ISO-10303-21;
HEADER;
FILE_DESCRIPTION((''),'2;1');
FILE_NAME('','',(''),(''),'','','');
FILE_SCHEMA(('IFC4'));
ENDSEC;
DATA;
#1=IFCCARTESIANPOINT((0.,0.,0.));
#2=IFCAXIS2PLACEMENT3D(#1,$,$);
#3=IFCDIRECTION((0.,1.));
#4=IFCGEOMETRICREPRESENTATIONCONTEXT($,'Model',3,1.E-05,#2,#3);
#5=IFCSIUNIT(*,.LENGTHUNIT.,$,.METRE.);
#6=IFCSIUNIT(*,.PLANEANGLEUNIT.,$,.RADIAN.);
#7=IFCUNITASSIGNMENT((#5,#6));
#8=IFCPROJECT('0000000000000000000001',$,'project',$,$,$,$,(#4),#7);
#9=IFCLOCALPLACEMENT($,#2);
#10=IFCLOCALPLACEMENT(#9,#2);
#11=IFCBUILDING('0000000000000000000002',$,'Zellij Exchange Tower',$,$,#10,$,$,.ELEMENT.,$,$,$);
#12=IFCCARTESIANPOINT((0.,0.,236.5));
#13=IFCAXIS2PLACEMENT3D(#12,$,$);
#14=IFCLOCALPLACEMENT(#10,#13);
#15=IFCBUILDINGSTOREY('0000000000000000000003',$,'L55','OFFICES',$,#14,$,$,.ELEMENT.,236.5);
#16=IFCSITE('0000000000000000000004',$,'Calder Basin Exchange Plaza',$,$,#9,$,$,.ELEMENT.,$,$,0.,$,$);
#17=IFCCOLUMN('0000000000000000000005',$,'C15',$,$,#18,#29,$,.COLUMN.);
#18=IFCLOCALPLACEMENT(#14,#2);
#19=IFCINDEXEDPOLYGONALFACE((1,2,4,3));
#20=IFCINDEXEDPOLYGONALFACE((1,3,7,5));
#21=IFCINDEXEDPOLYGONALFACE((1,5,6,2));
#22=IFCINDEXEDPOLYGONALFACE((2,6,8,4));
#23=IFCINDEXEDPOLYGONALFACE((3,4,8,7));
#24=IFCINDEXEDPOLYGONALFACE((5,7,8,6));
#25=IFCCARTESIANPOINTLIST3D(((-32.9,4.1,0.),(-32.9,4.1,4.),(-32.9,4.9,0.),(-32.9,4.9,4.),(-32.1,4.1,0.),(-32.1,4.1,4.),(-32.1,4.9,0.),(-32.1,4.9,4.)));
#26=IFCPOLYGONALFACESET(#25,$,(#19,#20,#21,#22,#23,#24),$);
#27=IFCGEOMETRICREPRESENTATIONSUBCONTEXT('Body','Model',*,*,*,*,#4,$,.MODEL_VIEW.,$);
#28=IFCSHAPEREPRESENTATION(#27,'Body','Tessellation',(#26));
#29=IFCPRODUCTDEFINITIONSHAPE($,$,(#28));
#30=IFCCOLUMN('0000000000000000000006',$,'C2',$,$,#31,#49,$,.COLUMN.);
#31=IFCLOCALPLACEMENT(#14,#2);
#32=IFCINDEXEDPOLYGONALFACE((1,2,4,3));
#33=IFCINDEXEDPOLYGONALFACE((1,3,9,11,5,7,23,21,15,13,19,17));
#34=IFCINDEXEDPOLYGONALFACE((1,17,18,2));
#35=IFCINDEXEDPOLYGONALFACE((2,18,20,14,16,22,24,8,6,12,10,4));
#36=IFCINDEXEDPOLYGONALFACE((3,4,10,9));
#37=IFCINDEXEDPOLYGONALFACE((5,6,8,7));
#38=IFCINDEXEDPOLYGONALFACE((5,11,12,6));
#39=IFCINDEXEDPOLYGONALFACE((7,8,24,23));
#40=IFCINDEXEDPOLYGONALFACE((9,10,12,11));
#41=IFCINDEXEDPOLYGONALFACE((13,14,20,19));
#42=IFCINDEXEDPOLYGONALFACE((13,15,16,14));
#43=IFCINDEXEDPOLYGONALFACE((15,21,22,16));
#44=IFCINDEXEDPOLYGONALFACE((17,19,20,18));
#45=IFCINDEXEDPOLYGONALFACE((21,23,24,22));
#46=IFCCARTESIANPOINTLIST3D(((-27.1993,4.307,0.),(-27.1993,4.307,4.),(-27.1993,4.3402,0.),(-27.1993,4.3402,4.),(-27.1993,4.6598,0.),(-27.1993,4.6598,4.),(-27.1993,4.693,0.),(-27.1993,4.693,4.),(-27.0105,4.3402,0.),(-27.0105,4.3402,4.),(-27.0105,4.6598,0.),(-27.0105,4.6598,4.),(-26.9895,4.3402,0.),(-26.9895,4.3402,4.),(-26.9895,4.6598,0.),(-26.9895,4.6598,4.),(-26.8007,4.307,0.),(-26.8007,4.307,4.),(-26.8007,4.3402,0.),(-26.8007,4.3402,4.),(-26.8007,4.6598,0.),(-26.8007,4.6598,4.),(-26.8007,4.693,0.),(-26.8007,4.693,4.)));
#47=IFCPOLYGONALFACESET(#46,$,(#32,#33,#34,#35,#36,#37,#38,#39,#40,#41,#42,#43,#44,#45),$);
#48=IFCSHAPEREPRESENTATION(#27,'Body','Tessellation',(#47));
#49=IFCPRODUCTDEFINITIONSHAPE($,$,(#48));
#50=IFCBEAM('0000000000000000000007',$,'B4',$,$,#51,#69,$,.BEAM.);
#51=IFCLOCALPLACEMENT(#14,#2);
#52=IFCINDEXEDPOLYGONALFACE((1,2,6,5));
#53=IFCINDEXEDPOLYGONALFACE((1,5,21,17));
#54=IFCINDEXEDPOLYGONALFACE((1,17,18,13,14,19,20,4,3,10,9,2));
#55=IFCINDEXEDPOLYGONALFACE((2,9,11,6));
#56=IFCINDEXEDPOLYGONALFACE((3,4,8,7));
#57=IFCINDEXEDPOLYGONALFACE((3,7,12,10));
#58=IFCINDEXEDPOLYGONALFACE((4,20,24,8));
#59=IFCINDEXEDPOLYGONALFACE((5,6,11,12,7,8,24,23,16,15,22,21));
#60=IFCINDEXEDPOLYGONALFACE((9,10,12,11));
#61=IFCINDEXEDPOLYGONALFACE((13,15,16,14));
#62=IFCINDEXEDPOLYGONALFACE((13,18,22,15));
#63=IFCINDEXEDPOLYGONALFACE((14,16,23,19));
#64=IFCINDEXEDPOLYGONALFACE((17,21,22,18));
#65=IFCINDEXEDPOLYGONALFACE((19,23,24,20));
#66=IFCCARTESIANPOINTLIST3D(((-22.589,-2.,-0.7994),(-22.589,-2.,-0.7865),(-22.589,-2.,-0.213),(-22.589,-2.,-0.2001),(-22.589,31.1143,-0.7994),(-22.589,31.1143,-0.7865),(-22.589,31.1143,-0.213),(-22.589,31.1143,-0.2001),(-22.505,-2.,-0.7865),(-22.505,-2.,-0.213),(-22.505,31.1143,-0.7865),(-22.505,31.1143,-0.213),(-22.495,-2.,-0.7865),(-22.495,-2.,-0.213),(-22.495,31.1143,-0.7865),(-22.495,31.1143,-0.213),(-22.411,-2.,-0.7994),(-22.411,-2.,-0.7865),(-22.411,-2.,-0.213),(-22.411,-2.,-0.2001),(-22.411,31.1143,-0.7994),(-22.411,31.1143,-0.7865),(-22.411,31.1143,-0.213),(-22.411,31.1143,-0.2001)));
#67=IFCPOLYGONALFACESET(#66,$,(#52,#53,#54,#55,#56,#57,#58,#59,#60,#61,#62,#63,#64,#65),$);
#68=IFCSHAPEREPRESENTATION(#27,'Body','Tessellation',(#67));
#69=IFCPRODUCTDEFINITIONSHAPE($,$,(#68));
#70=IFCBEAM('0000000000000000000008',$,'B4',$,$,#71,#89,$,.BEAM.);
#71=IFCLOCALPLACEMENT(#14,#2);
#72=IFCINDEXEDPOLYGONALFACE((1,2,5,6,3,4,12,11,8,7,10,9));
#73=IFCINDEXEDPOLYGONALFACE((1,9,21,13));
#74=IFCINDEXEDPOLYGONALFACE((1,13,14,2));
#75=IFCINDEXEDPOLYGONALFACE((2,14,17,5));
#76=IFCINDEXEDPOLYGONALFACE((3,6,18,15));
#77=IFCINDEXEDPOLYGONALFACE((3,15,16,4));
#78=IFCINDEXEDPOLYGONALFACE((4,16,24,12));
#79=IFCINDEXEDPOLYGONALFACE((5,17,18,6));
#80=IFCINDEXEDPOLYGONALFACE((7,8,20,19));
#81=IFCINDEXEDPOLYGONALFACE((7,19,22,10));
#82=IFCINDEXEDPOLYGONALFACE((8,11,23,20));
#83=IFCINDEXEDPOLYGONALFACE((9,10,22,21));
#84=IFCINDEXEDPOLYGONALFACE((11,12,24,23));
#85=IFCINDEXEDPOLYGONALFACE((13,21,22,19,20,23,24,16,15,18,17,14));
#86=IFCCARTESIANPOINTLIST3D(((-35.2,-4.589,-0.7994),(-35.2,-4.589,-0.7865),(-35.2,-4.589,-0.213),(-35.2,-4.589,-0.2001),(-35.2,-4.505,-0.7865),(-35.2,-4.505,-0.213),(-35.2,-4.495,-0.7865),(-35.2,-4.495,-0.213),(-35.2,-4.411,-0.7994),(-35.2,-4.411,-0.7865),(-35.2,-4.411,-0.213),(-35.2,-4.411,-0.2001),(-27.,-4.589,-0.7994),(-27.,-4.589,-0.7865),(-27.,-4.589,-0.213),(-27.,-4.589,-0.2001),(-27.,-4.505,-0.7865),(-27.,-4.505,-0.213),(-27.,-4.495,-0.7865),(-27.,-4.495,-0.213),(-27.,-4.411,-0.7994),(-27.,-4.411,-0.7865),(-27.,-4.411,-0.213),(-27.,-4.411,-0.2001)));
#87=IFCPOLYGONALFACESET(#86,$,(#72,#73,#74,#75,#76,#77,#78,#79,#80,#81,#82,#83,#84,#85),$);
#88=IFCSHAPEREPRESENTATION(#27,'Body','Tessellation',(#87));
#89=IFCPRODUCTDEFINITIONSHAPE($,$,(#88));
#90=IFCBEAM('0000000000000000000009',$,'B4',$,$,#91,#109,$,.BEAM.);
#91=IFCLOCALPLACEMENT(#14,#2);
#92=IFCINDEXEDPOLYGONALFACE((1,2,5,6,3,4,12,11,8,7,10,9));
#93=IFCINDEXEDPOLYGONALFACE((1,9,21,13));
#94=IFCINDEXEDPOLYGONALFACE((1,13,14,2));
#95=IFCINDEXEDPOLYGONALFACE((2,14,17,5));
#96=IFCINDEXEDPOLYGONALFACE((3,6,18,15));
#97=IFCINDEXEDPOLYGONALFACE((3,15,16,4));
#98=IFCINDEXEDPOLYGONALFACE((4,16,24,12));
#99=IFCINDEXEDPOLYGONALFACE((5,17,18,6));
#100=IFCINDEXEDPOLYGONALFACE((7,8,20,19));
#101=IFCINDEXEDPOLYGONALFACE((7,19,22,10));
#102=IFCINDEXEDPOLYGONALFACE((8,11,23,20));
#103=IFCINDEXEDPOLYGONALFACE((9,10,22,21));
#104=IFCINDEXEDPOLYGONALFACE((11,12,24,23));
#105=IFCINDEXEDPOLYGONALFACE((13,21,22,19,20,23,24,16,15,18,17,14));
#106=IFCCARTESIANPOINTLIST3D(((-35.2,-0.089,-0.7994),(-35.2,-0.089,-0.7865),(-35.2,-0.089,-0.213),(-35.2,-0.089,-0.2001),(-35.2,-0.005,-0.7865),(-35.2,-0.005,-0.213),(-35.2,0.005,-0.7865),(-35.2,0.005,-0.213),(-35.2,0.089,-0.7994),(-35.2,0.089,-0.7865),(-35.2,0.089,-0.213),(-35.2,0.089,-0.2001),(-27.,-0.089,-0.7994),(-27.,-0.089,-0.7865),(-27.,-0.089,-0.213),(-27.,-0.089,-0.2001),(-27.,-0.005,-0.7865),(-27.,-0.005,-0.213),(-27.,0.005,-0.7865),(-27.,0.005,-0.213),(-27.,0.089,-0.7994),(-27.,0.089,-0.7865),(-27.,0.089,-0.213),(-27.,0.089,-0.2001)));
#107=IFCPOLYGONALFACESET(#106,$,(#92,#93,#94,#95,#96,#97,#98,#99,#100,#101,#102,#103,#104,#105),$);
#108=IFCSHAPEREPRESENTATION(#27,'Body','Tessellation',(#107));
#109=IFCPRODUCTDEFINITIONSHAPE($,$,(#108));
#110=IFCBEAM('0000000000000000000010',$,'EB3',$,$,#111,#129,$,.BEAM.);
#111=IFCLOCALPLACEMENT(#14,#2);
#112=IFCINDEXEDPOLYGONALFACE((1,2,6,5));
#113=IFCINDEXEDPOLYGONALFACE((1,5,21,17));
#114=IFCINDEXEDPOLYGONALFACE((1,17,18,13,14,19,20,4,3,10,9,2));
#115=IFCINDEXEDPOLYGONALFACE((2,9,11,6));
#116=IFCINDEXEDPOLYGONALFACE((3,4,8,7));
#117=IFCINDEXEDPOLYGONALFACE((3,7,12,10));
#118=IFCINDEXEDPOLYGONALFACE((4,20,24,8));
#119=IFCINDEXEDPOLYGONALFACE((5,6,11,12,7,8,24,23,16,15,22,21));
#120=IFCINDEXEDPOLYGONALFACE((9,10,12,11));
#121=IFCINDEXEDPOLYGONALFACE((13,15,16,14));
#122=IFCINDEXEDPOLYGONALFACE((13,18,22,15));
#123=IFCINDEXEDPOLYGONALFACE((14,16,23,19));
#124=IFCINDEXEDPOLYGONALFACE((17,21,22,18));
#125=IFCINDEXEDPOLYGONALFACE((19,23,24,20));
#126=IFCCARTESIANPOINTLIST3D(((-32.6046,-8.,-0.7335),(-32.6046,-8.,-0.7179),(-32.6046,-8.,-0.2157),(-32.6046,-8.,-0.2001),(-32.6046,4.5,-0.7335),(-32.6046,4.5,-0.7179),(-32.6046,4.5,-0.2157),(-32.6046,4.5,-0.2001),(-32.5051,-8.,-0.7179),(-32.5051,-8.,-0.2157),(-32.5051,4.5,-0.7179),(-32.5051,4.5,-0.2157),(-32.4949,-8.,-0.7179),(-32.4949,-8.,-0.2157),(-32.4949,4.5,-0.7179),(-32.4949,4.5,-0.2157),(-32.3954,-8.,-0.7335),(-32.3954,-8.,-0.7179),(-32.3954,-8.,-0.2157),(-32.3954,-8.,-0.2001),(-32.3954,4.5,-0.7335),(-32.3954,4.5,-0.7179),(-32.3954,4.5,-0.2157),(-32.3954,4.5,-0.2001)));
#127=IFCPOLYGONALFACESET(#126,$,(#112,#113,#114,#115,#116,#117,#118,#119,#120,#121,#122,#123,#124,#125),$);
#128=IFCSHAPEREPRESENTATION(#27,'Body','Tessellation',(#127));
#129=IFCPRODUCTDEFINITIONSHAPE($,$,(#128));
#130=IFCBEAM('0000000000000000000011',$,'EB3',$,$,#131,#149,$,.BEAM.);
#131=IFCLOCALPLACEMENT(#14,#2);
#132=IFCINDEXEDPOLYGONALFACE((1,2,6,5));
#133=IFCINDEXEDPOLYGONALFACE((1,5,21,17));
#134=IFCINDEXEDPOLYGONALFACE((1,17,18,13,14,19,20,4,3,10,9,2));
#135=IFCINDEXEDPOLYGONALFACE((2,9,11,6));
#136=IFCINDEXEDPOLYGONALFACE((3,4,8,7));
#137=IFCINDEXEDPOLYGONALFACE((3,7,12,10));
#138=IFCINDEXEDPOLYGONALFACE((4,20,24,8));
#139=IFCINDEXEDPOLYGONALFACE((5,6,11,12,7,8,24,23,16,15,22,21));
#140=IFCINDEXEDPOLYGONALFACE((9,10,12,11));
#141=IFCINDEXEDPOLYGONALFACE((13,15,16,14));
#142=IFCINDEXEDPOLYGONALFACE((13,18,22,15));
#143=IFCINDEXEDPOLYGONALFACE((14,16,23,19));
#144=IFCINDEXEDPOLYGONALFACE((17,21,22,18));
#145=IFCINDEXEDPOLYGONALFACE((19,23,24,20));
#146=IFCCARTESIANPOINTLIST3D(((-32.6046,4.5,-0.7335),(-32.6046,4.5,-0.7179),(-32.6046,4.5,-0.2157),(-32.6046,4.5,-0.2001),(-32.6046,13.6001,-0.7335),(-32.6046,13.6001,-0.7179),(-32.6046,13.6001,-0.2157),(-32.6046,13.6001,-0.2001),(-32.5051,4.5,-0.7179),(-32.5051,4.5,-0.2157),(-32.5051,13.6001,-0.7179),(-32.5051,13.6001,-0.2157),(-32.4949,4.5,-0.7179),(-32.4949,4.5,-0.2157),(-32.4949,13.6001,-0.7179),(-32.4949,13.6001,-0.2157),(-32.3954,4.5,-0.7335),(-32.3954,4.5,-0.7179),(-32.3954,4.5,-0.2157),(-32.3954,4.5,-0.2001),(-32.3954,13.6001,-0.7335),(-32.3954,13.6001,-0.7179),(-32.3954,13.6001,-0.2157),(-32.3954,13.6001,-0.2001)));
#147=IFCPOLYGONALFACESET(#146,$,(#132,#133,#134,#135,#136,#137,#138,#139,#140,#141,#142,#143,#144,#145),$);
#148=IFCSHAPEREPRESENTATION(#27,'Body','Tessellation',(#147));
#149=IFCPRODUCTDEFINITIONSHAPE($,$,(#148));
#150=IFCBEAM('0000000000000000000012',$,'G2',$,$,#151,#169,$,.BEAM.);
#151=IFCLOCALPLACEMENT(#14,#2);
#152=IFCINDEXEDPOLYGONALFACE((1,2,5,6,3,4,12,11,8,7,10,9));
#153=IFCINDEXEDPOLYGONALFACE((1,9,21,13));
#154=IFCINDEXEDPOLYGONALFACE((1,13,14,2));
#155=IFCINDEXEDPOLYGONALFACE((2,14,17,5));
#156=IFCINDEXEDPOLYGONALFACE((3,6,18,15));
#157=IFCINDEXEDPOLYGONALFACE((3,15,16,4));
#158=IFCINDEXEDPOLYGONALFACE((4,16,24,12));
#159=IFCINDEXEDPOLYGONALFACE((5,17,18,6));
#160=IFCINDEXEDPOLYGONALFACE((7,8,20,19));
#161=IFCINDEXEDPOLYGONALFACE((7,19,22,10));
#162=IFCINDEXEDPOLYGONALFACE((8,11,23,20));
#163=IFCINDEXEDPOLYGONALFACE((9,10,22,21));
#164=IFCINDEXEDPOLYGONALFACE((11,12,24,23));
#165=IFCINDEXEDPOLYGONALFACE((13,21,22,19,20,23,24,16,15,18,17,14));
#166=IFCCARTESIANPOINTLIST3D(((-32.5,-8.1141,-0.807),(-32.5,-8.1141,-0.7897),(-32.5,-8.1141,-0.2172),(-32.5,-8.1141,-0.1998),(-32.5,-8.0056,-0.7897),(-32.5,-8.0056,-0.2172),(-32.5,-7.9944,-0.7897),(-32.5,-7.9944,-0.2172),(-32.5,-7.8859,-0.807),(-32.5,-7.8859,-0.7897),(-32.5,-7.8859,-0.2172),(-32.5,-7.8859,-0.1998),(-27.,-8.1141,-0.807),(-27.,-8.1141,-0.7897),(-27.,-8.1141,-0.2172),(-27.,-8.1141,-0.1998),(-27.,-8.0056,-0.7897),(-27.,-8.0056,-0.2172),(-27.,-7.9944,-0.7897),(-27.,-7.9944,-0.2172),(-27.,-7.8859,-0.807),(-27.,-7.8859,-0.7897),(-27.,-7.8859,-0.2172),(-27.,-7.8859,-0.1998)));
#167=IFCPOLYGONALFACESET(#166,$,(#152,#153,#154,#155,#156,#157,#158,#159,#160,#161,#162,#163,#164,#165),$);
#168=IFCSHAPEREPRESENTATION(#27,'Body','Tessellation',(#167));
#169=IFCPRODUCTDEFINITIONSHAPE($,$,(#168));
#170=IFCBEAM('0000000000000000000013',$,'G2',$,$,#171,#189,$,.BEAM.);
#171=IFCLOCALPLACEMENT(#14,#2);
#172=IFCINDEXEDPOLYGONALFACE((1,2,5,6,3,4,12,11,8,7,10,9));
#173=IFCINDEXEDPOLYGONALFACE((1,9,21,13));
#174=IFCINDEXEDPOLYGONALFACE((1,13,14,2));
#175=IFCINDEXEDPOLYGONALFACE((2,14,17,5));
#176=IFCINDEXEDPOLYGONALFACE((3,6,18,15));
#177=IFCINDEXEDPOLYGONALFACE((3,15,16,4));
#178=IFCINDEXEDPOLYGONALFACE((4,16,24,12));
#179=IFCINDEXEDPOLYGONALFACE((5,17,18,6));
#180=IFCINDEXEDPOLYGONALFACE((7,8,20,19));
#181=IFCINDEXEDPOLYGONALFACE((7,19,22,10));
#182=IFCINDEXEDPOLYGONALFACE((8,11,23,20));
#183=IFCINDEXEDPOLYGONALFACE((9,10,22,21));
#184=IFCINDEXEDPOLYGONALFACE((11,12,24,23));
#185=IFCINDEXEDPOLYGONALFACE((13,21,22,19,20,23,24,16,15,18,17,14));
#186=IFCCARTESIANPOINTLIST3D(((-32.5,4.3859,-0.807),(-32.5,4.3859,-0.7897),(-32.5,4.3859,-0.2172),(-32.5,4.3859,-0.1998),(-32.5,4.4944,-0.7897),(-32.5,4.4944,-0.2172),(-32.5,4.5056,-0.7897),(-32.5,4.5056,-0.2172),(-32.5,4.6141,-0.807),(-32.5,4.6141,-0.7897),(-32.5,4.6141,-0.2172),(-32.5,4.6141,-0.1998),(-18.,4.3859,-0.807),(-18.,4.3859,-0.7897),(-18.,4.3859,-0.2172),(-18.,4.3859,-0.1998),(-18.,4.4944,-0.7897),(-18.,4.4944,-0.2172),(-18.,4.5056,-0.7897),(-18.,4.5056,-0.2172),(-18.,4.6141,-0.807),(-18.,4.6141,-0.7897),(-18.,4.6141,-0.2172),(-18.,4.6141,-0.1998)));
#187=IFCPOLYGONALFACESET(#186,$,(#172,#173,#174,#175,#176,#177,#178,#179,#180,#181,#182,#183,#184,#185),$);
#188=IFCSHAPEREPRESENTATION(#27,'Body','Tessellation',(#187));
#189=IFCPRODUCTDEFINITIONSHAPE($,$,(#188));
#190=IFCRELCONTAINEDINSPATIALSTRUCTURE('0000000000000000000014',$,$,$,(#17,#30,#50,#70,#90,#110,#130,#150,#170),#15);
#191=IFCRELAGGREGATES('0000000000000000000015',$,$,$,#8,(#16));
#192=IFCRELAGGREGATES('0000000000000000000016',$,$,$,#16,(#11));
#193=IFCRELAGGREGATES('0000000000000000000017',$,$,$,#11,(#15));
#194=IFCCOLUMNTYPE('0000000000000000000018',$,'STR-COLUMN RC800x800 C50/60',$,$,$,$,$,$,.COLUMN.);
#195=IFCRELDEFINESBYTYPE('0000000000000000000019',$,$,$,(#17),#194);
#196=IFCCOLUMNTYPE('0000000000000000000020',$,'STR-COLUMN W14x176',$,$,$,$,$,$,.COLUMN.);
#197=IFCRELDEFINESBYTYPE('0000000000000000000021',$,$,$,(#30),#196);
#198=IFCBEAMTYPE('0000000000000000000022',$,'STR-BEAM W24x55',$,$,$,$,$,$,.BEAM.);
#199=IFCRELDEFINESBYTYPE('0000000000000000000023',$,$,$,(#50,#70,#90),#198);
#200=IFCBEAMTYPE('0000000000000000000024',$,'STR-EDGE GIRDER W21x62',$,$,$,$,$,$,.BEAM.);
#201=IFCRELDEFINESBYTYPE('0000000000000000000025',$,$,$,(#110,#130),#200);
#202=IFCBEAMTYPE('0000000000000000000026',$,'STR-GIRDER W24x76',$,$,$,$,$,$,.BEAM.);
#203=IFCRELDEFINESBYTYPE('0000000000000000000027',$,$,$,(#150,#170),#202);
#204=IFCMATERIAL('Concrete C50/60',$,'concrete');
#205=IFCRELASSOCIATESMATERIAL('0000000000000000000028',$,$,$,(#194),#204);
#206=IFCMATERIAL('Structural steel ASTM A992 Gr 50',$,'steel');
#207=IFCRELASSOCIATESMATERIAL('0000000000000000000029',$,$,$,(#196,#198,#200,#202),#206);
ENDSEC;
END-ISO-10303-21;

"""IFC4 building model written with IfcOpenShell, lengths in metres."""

from ifc_helpers import new_model, si_unit, direction, frame, origin, origin_2d, place, context, subcontext, project, spatial, rectangle, i_section, extrude, material, material_profile, profile_set, type_object, element, save


model = new_model("IFC4")

# Units and contexts
model_context = context("Model", 3, precision=1e-05, world=origin(), true_north=direction((0.0, 1.0)))
body_context = subcontext(model_context, "Body", "Model", "MODEL_VIEW")
ifc_project = project(units=[si_unit("LENGTHUNIT", "METRE"), si_unit("PLANEANGLEUNIT", "RADIAN")], contexts=[model_context])

# Site, building, storey
site_placement = place(None, origin())
site = spatial("IfcSite", under=ifc_project, at=site_placement, Name="Calder Basin Exchange Plaza", CompositionType="ELEMENT", RefElevation=0.0)
building_placement = place(site_placement, origin())
building = spatial("IfcBuilding", under=site, at=building_placement, Name="Zellij Exchange Tower", CompositionType="ELEMENT")
storey_placement = place(building_placement, frame((0.0, 0.0, 236.5)))
storey = spatial("IfcBuildingStorey", under=building, at=storey_placement, Name="L55", Description="OFFICES", CompositionType="ELEMENT", Elevation=236.5)

# Columns
ifc_material_1 = material(Name="Concrete C50/60", Category="concrete")
ifc_material_profile_1 = material_profile(ifc_material_1, rectangle(XDim=0.8, YDim=0.8, at=origin_2d()), Name="STR-COLUMN RC800x800 C50/60")
ifc_profile_set_1 = profile_set([ifc_material_profile_1], Name="Concrete C50/60")
column_type_1 = type_object("IfcColumnType", Name="STR-COLUMN RC800x800 C50/60", PredefinedType="COLUMN", material=ifc_profile_set_1)
column_1_placement = place(storey_placement, frame((-32.5, 4.5, 0.0), z_axis=(0.0, 0.0, 1.0), x_axis=(1.0, 0.0, 0.0)))
element("IfcColumn", 1, at=column_1_placement, inside=storey, type_object=column_type_1, Name="C15", PredefinedType="COLUMN", context=body_context, shape_type="SweptSolid", body=[
    extrude(rectangle(XDim=0.8, YDim=0.8, at=origin_2d()), origin(), (0.0, 0.0, 1.0), 4.0),
])
ifc_material_2 = material(Name="Structural steel ASTM A992 Gr 50", Category="steel")
ifc_material_profile_2 = material_profile(ifc_material_2, i_section(OverallWidth=0.3987, OverallDepth=0.386, WebThickness=0.021, FlangeThickness=0.0332, at=origin_2d()), Name="W14x176")
ifc_profile_set_2 = profile_set([ifc_material_profile_2], Name="Structural steel ASTM A992 Gr 50")
column_type_2 = type_object("IfcColumnType", Name="STR-COLUMN W14x176", PredefinedType="COLUMN", material=ifc_profile_set_2)
column_2_placement = place(storey_placement, frame((-27.0, 4.5, 0.0), z_axis=(0.0, 0.0, 1.0), x_axis=(1.0, 0.0, 0.0)))
element("IfcColumn", 2, at=column_2_placement, inside=storey, type_object=column_type_2, Name="C2", PredefinedType="COLUMN", context=body_context, shape_type="SweptSolid", body=[
    extrude(i_section(OverallWidth=0.3987, OverallDepth=0.386, WebThickness=0.021, FlangeThickness=0.0332, at=origin_2d()), origin(), (0.0, 0.0, 1.0), 4.0),
])

# Beams
ifc_material_profile_3 = material_profile(ifc_material_2, i_section(OverallWidth=0.178, OverallDepth=0.5994, WebThickness=0.01, FlangeThickness=0.0129, at=origin_2d()), Name="W24x55")
ifc_profile_set_3 = profile_set([ifc_material_profile_3], Name="Structural steel ASTM A992 Gr 50")
beam_type_1 = type_object("IfcBeamType", Name="STR-BEAM W24x55", PredefinedType="BEAM", material=ifc_profile_set_3)
beam_1_placement = place(storey_placement, frame((-22.5, -2.0, -0.4998), z_axis=(0.0, 1.0, 0.0), x_axis=(-1.0, 0.0, 0.0)))
element("IfcBeam", 3, at=beam_1_placement, inside=storey, type_object=beam_type_1, Name="B4", PredefinedType="BEAM", context=body_context, shape_type="SweptSolid", body=[
    extrude(i_section(OverallWidth=0.178, OverallDepth=0.5994, WebThickness=0.01, FlangeThickness=0.0129, at=origin_2d()), origin(), (0.0, 0.0, 1.0), 33.1143),
])
for number, where, z_axis, x_axis, name in (
    (4, (-35.2, -4.5, -0.4998), (1.0, 0.0, 0.0), (0.0, 1.0, 0.0), "B4"),
    (5, (-35.2, 0.0, -0.4998), (1.0, 0.0, 0.0), (0.0, 1.0, 0.0), "B4"),
):
    element("IfcBeam", number, at=place(storey_placement, frame(where, z_axis=z_axis, x_axis=x_axis)), inside=storey, type_object=beam_type_1, Name=name, PredefinedType="BEAM", context=body_context, shape_type="SweptSolid", body=[
        extrude(i_section(OverallWidth=0.178, OverallDepth=0.5994, WebThickness=0.01, FlangeThickness=0.0129, at=origin_2d()), origin(), (0.0, 0.0, 1.0), 8.2),
    ])
ifc_material_profile_4 = material_profile(ifc_material_2, i_section(OverallWidth=0.2092, OverallDepth=0.5334, WebThickness=0.0103, FlangeThickness=0.0156, at=origin_2d()), Name="W21x62")
ifc_profile_set_4 = profile_set([ifc_material_profile_4], Name="Structural steel ASTM A992 Gr 50")
beam_type_2 = type_object("IfcBeamType", Name="STR-EDGE GIRDER W21x62", PredefinedType="BEAM", material=ifc_profile_set_4)
beam_2_placement = place(storey_placement, frame((-32.5, -8.0, -0.4668), z_axis=(0.0, 1.0, 0.0), x_axis=(-1.0, 0.0, 0.0)))
element("IfcBeam", 6, at=beam_2_placement, inside=storey, type_object=beam_type_2, Name="EB3", PredefinedType="BEAM", context=body_context, shape_type="SweptSolid", body=[
    extrude(i_section(OverallWidth=0.2092, OverallDepth=0.5334, WebThickness=0.0103, FlangeThickness=0.0156, at=origin_2d()), origin(), (0.0, 0.0, 1.0), 12.5),
])
beam_3_placement = place(storey_placement, frame((-32.5, 4.5, -0.4668), z_axis=(0.0, 1.0, 0.0), x_axis=(-1.0, 0.0, 0.0)))
element("IfcBeam", 7, at=beam_3_placement, inside=storey, type_object=beam_type_2, Name="EB3", PredefinedType="BEAM", context=body_context, shape_type="SweptSolid", body=[
    extrude(i_section(OverallWidth=0.2092, OverallDepth=0.5334, WebThickness=0.0103, FlangeThickness=0.0156, at=origin_2d()), origin(), (0.0, 0.0, 1.0), 9.1001),
])
ifc_material_profile_5 = material_profile(ifc_material_2, i_section(OverallWidth=0.2283, OverallDepth=0.6072, WebThickness=0.0112, FlangeThickness=0.0173, at=origin_2d()), Name="W24x76")
ifc_profile_set_5 = profile_set([ifc_material_profile_5], Name="Structural steel ASTM A992 Gr 50")
beam_type_3 = type_object("IfcBeamType", Name="STR-GIRDER W24x76", PredefinedType="BEAM", material=ifc_profile_set_5)
beam_4_placement = place(storey_placement, frame((-32.5, -8.0, -0.5034), z_axis=(1.0, 0.0, 0.0), x_axis=(0.0, 1.0, 0.0)))
element("IfcBeam", 8, at=beam_4_placement, inside=storey, type_object=beam_type_3, Name="G2", PredefinedType="BEAM", context=body_context, shape_type="SweptSolid", body=[
    extrude(i_section(OverallWidth=0.2283, OverallDepth=0.6072, WebThickness=0.0112, FlangeThickness=0.0173, at=origin_2d()), origin(), (0.0, 0.0, 1.0), 5.5),
])
beam_5_placement = place(storey_placement, frame((-32.5, 4.5, -0.5034), z_axis=(1.0, 0.0, 0.0), x_axis=(0.0, 1.0, 0.0)))
element("IfcBeam", 9, at=beam_5_placement, inside=storey, type_object=beam_type_3, Name="G2", PredefinedType="BEAM", context=body_context, shape_type="SweptSolid", body=[
    extrude(i_section(OverallWidth=0.2283, OverallDepth=0.6072, WebThickness=0.0112, FlangeThickness=0.0173, at=origin_2d()), origin(), (0.0, 0.0, 1.0), 14.5),
])

save(model, "model.ifc")
